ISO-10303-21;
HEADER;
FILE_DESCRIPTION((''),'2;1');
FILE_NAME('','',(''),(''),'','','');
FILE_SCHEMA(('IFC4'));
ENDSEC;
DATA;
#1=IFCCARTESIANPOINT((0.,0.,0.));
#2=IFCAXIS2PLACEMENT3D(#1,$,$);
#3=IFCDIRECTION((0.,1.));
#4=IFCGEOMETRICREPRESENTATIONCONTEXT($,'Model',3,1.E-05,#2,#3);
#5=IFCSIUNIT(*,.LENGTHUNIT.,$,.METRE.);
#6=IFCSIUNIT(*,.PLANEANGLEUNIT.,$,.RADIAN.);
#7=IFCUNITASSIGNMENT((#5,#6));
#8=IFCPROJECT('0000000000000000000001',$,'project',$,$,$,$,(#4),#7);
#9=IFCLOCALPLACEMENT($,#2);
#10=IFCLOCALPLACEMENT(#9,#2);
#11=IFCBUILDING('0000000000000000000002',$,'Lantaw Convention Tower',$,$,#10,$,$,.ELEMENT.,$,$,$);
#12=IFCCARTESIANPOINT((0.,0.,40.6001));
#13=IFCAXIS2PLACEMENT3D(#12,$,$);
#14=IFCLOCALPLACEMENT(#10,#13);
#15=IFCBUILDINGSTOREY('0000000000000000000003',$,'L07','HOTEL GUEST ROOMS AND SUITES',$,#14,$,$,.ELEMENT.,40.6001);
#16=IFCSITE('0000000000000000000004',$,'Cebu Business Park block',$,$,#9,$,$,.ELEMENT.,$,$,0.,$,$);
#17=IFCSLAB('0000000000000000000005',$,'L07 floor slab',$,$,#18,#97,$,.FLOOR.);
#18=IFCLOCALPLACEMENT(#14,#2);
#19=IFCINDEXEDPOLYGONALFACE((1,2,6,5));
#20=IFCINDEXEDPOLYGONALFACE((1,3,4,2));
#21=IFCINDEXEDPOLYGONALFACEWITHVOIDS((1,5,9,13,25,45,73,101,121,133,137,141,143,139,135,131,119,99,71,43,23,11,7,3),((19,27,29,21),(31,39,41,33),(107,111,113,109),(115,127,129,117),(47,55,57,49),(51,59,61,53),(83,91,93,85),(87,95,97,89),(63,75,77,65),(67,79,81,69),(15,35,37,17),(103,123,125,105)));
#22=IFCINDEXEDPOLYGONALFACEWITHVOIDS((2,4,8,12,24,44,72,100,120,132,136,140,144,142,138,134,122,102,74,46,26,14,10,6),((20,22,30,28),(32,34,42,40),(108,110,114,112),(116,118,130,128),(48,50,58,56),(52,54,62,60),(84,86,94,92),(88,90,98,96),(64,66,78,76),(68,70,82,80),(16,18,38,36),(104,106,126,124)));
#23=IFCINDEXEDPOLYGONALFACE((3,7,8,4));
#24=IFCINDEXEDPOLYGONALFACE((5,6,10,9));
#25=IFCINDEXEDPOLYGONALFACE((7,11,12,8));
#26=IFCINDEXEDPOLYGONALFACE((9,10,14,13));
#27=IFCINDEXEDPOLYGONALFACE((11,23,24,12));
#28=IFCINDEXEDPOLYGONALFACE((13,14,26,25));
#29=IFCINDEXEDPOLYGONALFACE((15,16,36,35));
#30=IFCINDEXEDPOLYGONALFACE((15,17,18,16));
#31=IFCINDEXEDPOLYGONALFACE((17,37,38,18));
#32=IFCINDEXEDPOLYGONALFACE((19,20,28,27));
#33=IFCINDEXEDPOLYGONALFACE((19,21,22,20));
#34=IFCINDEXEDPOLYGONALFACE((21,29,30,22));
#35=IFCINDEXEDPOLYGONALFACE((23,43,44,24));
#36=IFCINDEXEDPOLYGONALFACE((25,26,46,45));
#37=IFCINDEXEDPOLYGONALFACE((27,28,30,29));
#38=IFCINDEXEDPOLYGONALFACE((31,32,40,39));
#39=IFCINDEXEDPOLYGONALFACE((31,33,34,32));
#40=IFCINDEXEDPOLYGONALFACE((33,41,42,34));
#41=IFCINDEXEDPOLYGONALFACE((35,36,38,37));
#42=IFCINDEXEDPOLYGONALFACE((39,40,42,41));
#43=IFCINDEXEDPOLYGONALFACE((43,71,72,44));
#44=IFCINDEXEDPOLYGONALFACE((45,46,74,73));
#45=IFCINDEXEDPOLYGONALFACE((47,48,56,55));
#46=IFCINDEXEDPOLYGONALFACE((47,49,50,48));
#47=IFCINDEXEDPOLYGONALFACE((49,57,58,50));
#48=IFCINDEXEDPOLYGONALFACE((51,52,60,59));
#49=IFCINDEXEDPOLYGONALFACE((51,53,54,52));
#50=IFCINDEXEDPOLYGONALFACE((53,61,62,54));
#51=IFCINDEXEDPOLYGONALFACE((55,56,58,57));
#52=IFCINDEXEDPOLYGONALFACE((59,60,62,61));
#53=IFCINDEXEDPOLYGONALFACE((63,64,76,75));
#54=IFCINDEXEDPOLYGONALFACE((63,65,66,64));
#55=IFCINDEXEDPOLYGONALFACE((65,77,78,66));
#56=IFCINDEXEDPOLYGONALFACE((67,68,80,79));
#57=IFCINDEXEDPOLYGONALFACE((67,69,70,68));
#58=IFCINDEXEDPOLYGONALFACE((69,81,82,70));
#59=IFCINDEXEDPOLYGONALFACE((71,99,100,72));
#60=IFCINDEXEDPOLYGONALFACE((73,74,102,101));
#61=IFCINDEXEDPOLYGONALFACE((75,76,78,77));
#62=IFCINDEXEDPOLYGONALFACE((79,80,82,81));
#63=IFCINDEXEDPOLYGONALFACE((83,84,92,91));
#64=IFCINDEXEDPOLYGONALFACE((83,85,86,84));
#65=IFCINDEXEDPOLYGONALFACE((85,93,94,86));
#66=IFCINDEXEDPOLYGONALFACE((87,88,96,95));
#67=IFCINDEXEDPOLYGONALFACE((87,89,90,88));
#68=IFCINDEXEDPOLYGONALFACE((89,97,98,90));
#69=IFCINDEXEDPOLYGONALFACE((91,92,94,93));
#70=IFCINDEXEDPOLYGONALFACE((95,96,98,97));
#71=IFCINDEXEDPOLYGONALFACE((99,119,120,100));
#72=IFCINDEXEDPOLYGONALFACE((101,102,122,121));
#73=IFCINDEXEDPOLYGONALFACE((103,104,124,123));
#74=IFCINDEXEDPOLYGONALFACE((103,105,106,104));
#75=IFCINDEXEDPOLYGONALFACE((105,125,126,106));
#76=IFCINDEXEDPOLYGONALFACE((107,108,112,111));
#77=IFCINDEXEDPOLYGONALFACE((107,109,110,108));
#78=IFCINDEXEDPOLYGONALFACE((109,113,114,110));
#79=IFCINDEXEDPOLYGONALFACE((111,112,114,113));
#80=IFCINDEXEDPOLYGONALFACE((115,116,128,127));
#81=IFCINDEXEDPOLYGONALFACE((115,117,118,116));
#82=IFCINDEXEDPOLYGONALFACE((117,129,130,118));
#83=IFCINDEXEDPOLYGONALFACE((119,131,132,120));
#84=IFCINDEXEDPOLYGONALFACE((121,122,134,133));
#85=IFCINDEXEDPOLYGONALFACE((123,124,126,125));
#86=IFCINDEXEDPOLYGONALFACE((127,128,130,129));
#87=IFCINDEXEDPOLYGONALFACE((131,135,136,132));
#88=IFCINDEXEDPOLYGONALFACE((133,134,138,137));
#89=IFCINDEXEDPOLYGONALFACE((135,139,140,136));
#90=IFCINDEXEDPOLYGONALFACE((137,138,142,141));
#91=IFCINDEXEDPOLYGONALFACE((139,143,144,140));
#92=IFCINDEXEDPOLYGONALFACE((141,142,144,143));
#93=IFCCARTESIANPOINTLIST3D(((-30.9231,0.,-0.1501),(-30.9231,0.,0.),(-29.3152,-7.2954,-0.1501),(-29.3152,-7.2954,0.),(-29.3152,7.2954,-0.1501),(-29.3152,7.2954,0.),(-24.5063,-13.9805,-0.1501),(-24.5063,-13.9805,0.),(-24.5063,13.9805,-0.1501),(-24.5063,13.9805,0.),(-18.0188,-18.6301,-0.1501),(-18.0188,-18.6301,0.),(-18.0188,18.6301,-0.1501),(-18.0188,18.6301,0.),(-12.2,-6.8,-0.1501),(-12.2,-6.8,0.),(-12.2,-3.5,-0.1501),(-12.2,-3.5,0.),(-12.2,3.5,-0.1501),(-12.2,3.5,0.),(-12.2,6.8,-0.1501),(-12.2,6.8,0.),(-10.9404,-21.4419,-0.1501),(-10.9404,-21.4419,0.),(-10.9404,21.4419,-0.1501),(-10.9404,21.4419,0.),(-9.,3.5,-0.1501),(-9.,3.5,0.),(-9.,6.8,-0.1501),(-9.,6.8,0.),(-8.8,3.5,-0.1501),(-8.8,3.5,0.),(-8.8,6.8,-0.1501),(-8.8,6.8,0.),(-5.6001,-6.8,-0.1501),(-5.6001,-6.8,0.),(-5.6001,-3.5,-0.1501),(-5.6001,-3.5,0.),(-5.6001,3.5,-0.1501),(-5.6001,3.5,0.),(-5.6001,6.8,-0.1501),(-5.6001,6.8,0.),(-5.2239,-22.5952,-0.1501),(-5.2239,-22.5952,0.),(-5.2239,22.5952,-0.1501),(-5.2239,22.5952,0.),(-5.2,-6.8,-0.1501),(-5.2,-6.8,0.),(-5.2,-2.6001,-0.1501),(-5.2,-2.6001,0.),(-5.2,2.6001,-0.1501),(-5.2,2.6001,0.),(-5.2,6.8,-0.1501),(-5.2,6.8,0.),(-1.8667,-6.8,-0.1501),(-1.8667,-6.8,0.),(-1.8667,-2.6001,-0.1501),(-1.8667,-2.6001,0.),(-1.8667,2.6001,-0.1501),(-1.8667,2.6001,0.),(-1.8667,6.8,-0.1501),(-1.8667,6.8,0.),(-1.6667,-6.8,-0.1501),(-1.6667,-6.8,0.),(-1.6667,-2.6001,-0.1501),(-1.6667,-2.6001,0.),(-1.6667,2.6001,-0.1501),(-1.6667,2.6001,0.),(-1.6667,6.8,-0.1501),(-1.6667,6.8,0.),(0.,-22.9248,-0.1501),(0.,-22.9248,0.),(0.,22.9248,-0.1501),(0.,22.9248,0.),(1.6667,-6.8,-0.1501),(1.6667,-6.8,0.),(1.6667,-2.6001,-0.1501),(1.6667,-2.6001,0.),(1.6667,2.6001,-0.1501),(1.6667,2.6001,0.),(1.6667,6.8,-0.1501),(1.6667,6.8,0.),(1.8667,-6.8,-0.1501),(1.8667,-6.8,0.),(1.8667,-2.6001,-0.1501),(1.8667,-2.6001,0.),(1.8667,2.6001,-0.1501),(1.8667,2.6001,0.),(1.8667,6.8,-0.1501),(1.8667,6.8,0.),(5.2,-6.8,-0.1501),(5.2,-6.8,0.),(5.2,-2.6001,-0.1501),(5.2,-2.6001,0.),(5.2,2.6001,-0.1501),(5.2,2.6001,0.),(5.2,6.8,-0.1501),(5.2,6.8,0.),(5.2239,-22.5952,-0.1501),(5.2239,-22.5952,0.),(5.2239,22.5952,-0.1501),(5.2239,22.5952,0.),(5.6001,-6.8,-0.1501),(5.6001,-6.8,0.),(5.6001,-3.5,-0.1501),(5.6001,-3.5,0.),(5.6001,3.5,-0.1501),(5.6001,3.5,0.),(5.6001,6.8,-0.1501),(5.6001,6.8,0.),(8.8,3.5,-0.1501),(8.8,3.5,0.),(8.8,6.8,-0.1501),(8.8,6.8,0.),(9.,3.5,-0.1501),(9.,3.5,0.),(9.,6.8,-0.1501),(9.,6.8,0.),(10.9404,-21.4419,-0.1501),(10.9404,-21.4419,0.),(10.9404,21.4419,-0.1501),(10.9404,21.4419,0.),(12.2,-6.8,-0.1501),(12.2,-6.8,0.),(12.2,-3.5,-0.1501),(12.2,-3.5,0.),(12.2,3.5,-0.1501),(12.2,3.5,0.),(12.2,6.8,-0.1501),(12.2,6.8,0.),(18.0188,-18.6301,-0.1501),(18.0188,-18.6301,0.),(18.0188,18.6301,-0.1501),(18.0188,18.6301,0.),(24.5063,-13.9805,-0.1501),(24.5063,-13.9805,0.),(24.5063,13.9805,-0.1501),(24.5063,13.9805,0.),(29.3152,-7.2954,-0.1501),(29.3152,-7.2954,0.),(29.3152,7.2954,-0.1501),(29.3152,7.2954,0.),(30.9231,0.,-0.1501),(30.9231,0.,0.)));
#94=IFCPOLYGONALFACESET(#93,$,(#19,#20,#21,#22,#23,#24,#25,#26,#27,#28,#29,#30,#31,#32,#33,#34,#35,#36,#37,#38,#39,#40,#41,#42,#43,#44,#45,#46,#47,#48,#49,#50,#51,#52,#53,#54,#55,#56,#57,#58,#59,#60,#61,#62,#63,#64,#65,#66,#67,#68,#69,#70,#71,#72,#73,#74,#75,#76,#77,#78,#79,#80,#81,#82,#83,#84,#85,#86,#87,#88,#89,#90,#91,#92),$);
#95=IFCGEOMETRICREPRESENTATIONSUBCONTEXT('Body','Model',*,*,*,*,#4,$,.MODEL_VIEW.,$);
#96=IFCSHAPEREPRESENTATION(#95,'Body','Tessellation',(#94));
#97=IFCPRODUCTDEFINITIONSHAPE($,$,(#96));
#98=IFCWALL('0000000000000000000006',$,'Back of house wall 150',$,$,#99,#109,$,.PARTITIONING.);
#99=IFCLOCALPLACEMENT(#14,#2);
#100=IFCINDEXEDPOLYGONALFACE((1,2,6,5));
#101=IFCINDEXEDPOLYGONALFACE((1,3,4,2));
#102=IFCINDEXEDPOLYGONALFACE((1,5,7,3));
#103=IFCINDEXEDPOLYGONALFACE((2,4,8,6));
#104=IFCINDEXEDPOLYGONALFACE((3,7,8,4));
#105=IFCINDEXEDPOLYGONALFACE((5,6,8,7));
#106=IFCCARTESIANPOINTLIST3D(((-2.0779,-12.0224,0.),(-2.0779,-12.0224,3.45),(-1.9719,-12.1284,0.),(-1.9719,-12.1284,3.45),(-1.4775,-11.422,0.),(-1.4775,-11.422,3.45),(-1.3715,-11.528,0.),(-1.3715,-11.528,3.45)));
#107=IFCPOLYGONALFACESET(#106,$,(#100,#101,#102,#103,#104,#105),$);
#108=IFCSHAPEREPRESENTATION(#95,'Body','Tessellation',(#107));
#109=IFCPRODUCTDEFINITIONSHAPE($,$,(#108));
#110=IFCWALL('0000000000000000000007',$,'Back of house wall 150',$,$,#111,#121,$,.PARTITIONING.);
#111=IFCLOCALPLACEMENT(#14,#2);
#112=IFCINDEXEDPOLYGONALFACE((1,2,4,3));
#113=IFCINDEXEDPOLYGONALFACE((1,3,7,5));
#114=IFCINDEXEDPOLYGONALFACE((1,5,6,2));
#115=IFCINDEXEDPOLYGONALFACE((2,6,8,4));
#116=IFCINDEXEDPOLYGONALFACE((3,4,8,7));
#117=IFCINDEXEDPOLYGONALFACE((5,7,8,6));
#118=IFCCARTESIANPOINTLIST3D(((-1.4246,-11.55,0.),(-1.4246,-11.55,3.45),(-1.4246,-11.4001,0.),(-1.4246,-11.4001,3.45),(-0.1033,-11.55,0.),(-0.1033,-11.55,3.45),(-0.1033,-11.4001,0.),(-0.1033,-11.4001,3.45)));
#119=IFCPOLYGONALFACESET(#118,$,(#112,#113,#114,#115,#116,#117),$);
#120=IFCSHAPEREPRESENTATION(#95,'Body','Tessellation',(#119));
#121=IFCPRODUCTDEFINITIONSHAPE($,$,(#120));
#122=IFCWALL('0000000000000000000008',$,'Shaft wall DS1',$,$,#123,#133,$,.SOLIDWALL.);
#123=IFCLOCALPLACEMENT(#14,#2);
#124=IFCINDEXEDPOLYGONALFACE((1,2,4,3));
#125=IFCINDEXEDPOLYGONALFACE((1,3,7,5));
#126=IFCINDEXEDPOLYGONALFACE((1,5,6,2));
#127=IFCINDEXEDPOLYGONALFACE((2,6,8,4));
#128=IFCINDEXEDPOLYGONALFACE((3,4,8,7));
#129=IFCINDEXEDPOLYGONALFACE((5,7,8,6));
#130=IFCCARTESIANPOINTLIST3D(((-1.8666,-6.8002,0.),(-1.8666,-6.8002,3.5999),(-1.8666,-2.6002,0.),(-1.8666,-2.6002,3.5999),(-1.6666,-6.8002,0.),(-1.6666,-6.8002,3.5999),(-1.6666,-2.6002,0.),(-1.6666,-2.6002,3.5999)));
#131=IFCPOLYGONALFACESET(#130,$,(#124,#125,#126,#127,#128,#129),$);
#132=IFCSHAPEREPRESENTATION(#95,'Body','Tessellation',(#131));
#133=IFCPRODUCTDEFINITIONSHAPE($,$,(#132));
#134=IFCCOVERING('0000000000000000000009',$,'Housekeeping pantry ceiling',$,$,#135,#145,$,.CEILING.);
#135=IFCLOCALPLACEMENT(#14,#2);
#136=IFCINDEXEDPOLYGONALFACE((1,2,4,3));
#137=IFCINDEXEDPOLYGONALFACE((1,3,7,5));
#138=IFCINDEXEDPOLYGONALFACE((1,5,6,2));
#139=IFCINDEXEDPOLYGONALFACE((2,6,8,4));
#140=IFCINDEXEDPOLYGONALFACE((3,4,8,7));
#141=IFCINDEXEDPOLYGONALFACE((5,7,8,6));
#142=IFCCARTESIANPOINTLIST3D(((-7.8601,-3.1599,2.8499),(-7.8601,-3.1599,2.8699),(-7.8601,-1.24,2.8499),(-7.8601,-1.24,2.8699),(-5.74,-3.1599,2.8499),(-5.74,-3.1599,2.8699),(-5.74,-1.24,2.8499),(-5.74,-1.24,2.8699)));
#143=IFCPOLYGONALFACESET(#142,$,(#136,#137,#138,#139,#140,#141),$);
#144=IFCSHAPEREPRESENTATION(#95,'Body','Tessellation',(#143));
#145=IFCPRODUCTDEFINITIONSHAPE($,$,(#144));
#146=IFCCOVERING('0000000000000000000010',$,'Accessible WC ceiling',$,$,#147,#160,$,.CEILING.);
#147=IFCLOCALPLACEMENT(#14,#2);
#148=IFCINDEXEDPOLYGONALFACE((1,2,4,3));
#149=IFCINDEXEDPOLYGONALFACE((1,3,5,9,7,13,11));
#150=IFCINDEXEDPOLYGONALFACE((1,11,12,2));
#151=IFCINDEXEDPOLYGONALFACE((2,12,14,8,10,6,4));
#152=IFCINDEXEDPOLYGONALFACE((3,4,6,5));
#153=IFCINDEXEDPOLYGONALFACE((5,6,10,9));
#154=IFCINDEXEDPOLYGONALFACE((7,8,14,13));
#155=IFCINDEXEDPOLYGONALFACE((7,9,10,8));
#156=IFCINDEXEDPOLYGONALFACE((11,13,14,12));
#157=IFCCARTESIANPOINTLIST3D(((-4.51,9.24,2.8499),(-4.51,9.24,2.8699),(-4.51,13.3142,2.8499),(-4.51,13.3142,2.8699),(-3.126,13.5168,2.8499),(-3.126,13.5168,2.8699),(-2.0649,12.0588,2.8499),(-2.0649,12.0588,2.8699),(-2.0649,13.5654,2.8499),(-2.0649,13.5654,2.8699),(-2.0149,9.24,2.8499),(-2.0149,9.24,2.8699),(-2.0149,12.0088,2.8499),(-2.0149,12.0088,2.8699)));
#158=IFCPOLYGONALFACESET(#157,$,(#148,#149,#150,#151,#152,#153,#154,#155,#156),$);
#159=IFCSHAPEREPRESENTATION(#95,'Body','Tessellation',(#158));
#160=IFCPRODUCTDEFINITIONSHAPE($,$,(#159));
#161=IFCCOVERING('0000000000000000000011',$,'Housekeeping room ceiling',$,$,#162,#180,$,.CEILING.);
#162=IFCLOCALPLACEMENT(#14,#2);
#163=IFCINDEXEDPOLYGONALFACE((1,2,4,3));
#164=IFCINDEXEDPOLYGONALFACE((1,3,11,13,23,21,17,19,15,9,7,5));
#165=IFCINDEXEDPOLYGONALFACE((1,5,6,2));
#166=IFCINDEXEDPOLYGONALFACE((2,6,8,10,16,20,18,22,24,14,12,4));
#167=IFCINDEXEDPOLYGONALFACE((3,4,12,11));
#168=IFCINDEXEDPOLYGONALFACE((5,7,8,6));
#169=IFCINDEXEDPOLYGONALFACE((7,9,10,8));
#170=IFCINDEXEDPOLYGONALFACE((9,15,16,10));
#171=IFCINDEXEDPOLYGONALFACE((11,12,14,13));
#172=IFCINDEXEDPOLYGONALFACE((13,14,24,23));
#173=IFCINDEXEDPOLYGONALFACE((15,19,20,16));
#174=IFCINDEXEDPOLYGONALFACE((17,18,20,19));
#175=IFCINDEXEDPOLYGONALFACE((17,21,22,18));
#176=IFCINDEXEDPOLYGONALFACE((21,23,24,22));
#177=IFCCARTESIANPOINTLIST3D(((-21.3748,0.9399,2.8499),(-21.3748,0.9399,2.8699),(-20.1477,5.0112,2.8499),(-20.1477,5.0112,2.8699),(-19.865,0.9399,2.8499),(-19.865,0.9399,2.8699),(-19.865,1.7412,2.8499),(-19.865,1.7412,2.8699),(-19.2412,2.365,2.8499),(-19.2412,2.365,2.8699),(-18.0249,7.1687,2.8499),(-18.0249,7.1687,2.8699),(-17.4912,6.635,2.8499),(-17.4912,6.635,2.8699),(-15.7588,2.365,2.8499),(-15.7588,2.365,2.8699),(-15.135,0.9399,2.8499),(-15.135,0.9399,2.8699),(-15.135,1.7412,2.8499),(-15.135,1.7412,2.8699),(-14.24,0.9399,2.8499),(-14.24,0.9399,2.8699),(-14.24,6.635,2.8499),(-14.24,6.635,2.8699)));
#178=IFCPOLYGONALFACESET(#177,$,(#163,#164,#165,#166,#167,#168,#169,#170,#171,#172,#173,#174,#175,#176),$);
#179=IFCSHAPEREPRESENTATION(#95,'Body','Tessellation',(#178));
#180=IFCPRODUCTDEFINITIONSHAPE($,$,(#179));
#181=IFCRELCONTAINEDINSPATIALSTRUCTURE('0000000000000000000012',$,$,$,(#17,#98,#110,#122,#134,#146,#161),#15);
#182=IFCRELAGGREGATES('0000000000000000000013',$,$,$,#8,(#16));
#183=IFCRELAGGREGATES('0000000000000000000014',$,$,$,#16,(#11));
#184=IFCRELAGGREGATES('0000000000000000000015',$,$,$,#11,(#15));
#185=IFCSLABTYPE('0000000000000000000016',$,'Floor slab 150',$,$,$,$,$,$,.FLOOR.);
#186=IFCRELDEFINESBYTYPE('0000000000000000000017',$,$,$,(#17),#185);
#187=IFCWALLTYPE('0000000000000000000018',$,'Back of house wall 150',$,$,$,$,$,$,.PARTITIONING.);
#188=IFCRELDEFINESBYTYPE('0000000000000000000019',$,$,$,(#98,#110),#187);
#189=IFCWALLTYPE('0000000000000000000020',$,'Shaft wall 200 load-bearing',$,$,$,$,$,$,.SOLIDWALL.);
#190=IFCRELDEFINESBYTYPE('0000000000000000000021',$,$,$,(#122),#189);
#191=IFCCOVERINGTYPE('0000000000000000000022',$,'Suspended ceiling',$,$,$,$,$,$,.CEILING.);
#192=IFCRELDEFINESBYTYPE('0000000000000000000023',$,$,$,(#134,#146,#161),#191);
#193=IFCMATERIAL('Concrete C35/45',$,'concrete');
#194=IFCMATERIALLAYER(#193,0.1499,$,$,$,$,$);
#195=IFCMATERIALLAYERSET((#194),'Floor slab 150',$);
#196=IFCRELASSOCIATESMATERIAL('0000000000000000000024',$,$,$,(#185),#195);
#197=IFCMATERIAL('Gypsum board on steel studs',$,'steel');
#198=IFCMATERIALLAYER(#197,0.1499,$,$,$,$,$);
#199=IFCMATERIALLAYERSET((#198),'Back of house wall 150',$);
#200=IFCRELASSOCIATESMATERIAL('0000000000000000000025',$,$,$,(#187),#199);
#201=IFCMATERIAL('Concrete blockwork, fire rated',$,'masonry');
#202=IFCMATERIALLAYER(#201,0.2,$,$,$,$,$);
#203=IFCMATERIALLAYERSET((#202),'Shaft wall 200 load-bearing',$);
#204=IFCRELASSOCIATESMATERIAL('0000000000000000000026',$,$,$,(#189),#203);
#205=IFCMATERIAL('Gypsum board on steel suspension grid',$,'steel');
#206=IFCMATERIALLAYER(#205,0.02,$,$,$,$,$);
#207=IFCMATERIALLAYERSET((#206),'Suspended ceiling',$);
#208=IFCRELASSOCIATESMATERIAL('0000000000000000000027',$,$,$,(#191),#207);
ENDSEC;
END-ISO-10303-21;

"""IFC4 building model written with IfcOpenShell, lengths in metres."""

from ifc_helpers import new_model, si_unit, direction, frame, frame_2d, origin, place, context, subcontext, project, spatial, polyline, rectangle, outline, extrude, material, layer, layer_set, type_object, element, save


model = new_model("IFC4")

# Units and contexts
model_context = context("Model", 3, precision=1e-05, world=origin(), true_north=direction((0.0, 1.0)))
body_context = subcontext(model_context, "Body", "Model", "MODEL_VIEW")
ifc_project = project(units=[si_unit("LENGTHUNIT", "METRE"), si_unit("PLANEANGLEUNIT", "RADIAN")], contexts=[model_context])

# Site, building, storey
site_placement = place(None, origin())
site = spatial("IfcSite", under=ifc_project, at=site_placement, Name="Cebu Business Park block", CompositionType="ELEMENT", RefElevation=0.0)
building_placement = place(site_placement, origin())
building = spatial("IfcBuilding", under=site, at=building_placement, Name="Lantaw Convention Tower", CompositionType="ELEMENT")
storey_placement = place(building_placement, frame((0.0, 0.0, 40.6001)))
storey = spatial("IfcBuildingStorey", under=building, at=storey_placement, Name="L07", Description="HOTEL GUEST ROOMS AND SUITES", CompositionType="ELEMENT", Elevation=40.6001)

# Slab
ifc_material_1 = material(Name="Concrete C35/45", Category="concrete")
ifc_layer_1 = layer(ifc_material_1, 0.1499)
ifc_layer_set_1 = layer_set([ifc_layer_1], Name="Floor slab 150")
slab_type = type_object("IfcSlabType", Name="Floor slab 150", PredefinedType="FLOOR", material=ifc_layer_set_1)
slab_placement = place(storey_placement, frame((0.0, 0.0, -0.1501)))
element("IfcSlab", 1, at=slab_placement, inside=storey, type_object=slab_type, Name="L07 floor slab", PredefinedType="FLOOR", context=body_context, shape_type="SweptSolid", body=[
    extrude(outline(polyline([(29.3152, -7.2954), (30.9231, 0.0), (29.3152, 7.2954), (24.5063, 13.9805), (18.0188, 18.6301), (10.9404, 21.4419), (5.2239, 22.5952), (0.0, 22.9248), (-5.2239, 22.5952), (-10.9404, 21.4419), (-18.0188, 18.6301), (-24.5063, 13.9805), (-29.3152, 7.2954), (-30.9231, 0.0), (-29.3152, -7.2954), (-24.5063, -13.9805), (-18.0188, -18.6301), (-10.9404, -21.4419), (-5.2239, -22.5952), (0.0, -22.9248), (5.2239, -22.5952), (10.9404, -21.4419), (18.0188, -18.6301), (24.5063, -13.9805), (29.3152, -7.2954)]), holes=[polyline([(-5.6001, -3.5), (-12.2, -3.5), (-12.2, -6.8), (-5.6001, -6.8), (-5.6001, -3.5)]), polyline([(-1.8667, -6.8), (-1.8667, -2.6001), (-5.2, -2.6001), (-5.2, -6.8), (-1.8667, -6.8)]), polyline([(-1.8667, 2.6001), (-1.8667, 6.8), (-5.2, 6.8), (-5.2, 2.6001), (-1.8667, 2.6001)]), polyline([(1.6667, 6.8), (-1.6667, 6.8), (-1.6667, 2.6001), (1.6667, 2.6001), (1.6667, 6.8)]), polyline([(-9.0, 3.5), (-9.0, 6.8), (-12.2, 6.8), (-12.2, 3.5), (-9.0, 3.5)]), polyline([(-5.6001, 3.5), (-5.6001, 6.8), (-8.8, 6.8), (-8.8, 3.5), (-5.6001, 3.5)]), polyline([(12.2, -3.5), (5.6001, -3.5), (5.6001, -6.8), (12.2, -6.8), (12.2, -3.5)]), polyline([(1.6667, -6.8), (1.6667, -2.6001), (-1.6667, -2.6001), (-1.6667, -6.8), (1.6667, -6.8)]), polyline([(5.2, -6.8), (5.2, -2.6001), (1.8667, -2.6001), (1.8667, -6.8), (5.2, -6.8)]), polyline([(5.2, 6.8), (1.8667, 6.8), (1.8667, 2.6001), (5.2, 2.6001), (5.2, 6.8)]), polyline([(8.8, 3.5), (8.8, 6.8), (5.6001, 6.8), (5.6001, 3.5), (8.8, 3.5)]), polyline([(12.2, 3.5), (12.2, 6.8), (9.0, 6.8), (9.0, 3.5), (12.2, 3.5)])]), origin(), (0.0, 0.0, 1.0), 0.1501),
])

# Walls
ifc_material_2 = material(Name="Gypsum board on steel studs", Category="steel")
ifc_layer_2 = layer(ifc_material_2, 0.1499)
ifc_layer_set_2 = layer_set([ifc_layer_2], Name="Back of house wall 150")
wall_type_1 = type_object("IfcWallType", Name="Back of house wall 150", PredefinedType="PARTITIONING", material=ifc_layer_set_2)
wall_1_placement = place(storey_placement, frame((-2.0249, -12.0754, 0.0), z_axis=(0.0, 0.0, 1.0), x_axis=(0.707107, 0.707107, 0.0)))
element("IfcWall", 2, at=wall_1_placement, inside=storey, type_object=wall_type_1, Name="Back of house wall 150", PredefinedType="PARTITIONING", context=body_context, shape_type="SweptSolid", body=[
    extrude(rectangle(XDim=0.8491, YDim=0.1499, at=frame_2d((0.4246, 0.0))), origin(), (0.0, 0.0, 1.0), 3.45),
])
wall_2_placement = place(storey_placement, frame((-1.4246, -11.4751, 0.0), z_axis=(0.0, 0.0, 1.0), x_axis=(1.0, 0.0, 0.0)))
element("IfcWall", 3, at=wall_2_placement, inside=storey, type_object=wall_type_1, Name="Back of house wall 150", PredefinedType="PARTITIONING", context=body_context, shape_type="SweptSolid", body=[
    extrude(rectangle(XDim=1.3213, YDim=0.1499, at=frame_2d((0.6606, 0.0))), origin(), (0.0, 0.0, 1.0), 3.45),
])
ifc_material_3 = material(Name="Concrete blockwork, fire rated", Category="masonry")
ifc_layer_3 = layer(ifc_material_3, 0.2)
ifc_layer_set_3 = layer_set([ifc_layer_3], Name="Shaft wall 200 load-bearing")
wall_type_2 = type_object("IfcWallType", Name="Shaft wall 200 load-bearing", PredefinedType="SOLIDWALL", material=ifc_layer_set_3)
wall_3_placement = place(storey_placement, frame((-1.7666, -2.6001, 0.0), z_axis=(0.0, 0.0, 1.0), x_axis=(0.0, -1.0, 0.0)))
element("IfcWall", 4, at=wall_3_placement, inside=storey, type_object=wall_type_2, Name="Shaft wall DS1", PredefinedType="SOLIDWALL", context=body_context, shape_type="SweptSolid", body=[
    extrude(rectangle(XDim=4.2, YDim=0.2, at=frame_2d((2.1001, 0.0))), origin(), (0.0, 0.0, 1.0), 3.5999),
])

# Coverings
ifc_material_4 = material(Name="Gypsum board on steel suspension grid", Category="steel")
ifc_layer_4 = layer(ifc_material_4, 0.02)
ifc_layer_set_4 = layer_set([ifc_layer_4], Name="Suspended ceiling")
covering_type = type_object("IfcCoveringType", Name="Suspended ceiling", PredefinedType="CEILING", material=ifc_layer_set_4)
covering_1_placement = place(storey_placement, frame((0.0, 0.0, 2.8499)))
element("IfcCovering", 5, at=covering_1_placement, inside=storey, type_object=covering_type, Name="Housekeeping pantry ceiling", PredefinedType="CEILING", context=body_context, shape_type="SweptSolid", body=[
    extrude(outline(polyline([(-7.8601, -3.1599), (-5.74, -3.1599), (-5.74, -1.24), (-7.8601, -1.24), (-7.8601, -3.1599)])), origin(), (0.0, 0.0, 1.0), 0.02),
])
covering_2_placement = place(storey_placement, frame((0.0, 0.0, 2.8499)))
element("IfcCovering", 6, at=covering_2_placement, inside=storey, type_object=covering_type, Name="Accessible WC ceiling", PredefinedType="CEILING", context=body_context, shape_type="SweptSolid", body=[
    extrude(outline(polyline([(-2.0649, 13.5654), (-3.126, 13.5168), (-4.51, 13.3142), (-4.51, 9.24), (-2.0149, 9.24), (-2.0149, 12.0088), (-2.0649, 12.0588), (-2.0649, 13.5654)])), origin(), (0.0, 0.0, 1.0), 0.02),
])
covering_3_placement = place(storey_placement, frame((0.0, 0.0, 2.8499)))
element("IfcCovering", 7, at=covering_3_placement, inside=storey, type_object=covering_type, Name="Housekeeping room ceiling", PredefinedType="CEILING", context=body_context, shape_type="SweptSolid", body=[
    extrude(outline(polyline([(-15.135, 0.9399), (-14.24, 0.9399), (-14.24, 6.635), (-17.4912, 6.635), (-18.0249, 7.1687), (-20.1477, 5.0112), (-21.3748, 0.9399), (-19.865, 0.9399), (-19.865, 1.7412), (-19.2412, 2.365), (-15.7588, 2.365), (-15.135, 1.7412), (-15.135, 0.9399)])), origin(), (0.0, 0.0, 1.0), 0.02),
])

save(model, "model.ifc")
